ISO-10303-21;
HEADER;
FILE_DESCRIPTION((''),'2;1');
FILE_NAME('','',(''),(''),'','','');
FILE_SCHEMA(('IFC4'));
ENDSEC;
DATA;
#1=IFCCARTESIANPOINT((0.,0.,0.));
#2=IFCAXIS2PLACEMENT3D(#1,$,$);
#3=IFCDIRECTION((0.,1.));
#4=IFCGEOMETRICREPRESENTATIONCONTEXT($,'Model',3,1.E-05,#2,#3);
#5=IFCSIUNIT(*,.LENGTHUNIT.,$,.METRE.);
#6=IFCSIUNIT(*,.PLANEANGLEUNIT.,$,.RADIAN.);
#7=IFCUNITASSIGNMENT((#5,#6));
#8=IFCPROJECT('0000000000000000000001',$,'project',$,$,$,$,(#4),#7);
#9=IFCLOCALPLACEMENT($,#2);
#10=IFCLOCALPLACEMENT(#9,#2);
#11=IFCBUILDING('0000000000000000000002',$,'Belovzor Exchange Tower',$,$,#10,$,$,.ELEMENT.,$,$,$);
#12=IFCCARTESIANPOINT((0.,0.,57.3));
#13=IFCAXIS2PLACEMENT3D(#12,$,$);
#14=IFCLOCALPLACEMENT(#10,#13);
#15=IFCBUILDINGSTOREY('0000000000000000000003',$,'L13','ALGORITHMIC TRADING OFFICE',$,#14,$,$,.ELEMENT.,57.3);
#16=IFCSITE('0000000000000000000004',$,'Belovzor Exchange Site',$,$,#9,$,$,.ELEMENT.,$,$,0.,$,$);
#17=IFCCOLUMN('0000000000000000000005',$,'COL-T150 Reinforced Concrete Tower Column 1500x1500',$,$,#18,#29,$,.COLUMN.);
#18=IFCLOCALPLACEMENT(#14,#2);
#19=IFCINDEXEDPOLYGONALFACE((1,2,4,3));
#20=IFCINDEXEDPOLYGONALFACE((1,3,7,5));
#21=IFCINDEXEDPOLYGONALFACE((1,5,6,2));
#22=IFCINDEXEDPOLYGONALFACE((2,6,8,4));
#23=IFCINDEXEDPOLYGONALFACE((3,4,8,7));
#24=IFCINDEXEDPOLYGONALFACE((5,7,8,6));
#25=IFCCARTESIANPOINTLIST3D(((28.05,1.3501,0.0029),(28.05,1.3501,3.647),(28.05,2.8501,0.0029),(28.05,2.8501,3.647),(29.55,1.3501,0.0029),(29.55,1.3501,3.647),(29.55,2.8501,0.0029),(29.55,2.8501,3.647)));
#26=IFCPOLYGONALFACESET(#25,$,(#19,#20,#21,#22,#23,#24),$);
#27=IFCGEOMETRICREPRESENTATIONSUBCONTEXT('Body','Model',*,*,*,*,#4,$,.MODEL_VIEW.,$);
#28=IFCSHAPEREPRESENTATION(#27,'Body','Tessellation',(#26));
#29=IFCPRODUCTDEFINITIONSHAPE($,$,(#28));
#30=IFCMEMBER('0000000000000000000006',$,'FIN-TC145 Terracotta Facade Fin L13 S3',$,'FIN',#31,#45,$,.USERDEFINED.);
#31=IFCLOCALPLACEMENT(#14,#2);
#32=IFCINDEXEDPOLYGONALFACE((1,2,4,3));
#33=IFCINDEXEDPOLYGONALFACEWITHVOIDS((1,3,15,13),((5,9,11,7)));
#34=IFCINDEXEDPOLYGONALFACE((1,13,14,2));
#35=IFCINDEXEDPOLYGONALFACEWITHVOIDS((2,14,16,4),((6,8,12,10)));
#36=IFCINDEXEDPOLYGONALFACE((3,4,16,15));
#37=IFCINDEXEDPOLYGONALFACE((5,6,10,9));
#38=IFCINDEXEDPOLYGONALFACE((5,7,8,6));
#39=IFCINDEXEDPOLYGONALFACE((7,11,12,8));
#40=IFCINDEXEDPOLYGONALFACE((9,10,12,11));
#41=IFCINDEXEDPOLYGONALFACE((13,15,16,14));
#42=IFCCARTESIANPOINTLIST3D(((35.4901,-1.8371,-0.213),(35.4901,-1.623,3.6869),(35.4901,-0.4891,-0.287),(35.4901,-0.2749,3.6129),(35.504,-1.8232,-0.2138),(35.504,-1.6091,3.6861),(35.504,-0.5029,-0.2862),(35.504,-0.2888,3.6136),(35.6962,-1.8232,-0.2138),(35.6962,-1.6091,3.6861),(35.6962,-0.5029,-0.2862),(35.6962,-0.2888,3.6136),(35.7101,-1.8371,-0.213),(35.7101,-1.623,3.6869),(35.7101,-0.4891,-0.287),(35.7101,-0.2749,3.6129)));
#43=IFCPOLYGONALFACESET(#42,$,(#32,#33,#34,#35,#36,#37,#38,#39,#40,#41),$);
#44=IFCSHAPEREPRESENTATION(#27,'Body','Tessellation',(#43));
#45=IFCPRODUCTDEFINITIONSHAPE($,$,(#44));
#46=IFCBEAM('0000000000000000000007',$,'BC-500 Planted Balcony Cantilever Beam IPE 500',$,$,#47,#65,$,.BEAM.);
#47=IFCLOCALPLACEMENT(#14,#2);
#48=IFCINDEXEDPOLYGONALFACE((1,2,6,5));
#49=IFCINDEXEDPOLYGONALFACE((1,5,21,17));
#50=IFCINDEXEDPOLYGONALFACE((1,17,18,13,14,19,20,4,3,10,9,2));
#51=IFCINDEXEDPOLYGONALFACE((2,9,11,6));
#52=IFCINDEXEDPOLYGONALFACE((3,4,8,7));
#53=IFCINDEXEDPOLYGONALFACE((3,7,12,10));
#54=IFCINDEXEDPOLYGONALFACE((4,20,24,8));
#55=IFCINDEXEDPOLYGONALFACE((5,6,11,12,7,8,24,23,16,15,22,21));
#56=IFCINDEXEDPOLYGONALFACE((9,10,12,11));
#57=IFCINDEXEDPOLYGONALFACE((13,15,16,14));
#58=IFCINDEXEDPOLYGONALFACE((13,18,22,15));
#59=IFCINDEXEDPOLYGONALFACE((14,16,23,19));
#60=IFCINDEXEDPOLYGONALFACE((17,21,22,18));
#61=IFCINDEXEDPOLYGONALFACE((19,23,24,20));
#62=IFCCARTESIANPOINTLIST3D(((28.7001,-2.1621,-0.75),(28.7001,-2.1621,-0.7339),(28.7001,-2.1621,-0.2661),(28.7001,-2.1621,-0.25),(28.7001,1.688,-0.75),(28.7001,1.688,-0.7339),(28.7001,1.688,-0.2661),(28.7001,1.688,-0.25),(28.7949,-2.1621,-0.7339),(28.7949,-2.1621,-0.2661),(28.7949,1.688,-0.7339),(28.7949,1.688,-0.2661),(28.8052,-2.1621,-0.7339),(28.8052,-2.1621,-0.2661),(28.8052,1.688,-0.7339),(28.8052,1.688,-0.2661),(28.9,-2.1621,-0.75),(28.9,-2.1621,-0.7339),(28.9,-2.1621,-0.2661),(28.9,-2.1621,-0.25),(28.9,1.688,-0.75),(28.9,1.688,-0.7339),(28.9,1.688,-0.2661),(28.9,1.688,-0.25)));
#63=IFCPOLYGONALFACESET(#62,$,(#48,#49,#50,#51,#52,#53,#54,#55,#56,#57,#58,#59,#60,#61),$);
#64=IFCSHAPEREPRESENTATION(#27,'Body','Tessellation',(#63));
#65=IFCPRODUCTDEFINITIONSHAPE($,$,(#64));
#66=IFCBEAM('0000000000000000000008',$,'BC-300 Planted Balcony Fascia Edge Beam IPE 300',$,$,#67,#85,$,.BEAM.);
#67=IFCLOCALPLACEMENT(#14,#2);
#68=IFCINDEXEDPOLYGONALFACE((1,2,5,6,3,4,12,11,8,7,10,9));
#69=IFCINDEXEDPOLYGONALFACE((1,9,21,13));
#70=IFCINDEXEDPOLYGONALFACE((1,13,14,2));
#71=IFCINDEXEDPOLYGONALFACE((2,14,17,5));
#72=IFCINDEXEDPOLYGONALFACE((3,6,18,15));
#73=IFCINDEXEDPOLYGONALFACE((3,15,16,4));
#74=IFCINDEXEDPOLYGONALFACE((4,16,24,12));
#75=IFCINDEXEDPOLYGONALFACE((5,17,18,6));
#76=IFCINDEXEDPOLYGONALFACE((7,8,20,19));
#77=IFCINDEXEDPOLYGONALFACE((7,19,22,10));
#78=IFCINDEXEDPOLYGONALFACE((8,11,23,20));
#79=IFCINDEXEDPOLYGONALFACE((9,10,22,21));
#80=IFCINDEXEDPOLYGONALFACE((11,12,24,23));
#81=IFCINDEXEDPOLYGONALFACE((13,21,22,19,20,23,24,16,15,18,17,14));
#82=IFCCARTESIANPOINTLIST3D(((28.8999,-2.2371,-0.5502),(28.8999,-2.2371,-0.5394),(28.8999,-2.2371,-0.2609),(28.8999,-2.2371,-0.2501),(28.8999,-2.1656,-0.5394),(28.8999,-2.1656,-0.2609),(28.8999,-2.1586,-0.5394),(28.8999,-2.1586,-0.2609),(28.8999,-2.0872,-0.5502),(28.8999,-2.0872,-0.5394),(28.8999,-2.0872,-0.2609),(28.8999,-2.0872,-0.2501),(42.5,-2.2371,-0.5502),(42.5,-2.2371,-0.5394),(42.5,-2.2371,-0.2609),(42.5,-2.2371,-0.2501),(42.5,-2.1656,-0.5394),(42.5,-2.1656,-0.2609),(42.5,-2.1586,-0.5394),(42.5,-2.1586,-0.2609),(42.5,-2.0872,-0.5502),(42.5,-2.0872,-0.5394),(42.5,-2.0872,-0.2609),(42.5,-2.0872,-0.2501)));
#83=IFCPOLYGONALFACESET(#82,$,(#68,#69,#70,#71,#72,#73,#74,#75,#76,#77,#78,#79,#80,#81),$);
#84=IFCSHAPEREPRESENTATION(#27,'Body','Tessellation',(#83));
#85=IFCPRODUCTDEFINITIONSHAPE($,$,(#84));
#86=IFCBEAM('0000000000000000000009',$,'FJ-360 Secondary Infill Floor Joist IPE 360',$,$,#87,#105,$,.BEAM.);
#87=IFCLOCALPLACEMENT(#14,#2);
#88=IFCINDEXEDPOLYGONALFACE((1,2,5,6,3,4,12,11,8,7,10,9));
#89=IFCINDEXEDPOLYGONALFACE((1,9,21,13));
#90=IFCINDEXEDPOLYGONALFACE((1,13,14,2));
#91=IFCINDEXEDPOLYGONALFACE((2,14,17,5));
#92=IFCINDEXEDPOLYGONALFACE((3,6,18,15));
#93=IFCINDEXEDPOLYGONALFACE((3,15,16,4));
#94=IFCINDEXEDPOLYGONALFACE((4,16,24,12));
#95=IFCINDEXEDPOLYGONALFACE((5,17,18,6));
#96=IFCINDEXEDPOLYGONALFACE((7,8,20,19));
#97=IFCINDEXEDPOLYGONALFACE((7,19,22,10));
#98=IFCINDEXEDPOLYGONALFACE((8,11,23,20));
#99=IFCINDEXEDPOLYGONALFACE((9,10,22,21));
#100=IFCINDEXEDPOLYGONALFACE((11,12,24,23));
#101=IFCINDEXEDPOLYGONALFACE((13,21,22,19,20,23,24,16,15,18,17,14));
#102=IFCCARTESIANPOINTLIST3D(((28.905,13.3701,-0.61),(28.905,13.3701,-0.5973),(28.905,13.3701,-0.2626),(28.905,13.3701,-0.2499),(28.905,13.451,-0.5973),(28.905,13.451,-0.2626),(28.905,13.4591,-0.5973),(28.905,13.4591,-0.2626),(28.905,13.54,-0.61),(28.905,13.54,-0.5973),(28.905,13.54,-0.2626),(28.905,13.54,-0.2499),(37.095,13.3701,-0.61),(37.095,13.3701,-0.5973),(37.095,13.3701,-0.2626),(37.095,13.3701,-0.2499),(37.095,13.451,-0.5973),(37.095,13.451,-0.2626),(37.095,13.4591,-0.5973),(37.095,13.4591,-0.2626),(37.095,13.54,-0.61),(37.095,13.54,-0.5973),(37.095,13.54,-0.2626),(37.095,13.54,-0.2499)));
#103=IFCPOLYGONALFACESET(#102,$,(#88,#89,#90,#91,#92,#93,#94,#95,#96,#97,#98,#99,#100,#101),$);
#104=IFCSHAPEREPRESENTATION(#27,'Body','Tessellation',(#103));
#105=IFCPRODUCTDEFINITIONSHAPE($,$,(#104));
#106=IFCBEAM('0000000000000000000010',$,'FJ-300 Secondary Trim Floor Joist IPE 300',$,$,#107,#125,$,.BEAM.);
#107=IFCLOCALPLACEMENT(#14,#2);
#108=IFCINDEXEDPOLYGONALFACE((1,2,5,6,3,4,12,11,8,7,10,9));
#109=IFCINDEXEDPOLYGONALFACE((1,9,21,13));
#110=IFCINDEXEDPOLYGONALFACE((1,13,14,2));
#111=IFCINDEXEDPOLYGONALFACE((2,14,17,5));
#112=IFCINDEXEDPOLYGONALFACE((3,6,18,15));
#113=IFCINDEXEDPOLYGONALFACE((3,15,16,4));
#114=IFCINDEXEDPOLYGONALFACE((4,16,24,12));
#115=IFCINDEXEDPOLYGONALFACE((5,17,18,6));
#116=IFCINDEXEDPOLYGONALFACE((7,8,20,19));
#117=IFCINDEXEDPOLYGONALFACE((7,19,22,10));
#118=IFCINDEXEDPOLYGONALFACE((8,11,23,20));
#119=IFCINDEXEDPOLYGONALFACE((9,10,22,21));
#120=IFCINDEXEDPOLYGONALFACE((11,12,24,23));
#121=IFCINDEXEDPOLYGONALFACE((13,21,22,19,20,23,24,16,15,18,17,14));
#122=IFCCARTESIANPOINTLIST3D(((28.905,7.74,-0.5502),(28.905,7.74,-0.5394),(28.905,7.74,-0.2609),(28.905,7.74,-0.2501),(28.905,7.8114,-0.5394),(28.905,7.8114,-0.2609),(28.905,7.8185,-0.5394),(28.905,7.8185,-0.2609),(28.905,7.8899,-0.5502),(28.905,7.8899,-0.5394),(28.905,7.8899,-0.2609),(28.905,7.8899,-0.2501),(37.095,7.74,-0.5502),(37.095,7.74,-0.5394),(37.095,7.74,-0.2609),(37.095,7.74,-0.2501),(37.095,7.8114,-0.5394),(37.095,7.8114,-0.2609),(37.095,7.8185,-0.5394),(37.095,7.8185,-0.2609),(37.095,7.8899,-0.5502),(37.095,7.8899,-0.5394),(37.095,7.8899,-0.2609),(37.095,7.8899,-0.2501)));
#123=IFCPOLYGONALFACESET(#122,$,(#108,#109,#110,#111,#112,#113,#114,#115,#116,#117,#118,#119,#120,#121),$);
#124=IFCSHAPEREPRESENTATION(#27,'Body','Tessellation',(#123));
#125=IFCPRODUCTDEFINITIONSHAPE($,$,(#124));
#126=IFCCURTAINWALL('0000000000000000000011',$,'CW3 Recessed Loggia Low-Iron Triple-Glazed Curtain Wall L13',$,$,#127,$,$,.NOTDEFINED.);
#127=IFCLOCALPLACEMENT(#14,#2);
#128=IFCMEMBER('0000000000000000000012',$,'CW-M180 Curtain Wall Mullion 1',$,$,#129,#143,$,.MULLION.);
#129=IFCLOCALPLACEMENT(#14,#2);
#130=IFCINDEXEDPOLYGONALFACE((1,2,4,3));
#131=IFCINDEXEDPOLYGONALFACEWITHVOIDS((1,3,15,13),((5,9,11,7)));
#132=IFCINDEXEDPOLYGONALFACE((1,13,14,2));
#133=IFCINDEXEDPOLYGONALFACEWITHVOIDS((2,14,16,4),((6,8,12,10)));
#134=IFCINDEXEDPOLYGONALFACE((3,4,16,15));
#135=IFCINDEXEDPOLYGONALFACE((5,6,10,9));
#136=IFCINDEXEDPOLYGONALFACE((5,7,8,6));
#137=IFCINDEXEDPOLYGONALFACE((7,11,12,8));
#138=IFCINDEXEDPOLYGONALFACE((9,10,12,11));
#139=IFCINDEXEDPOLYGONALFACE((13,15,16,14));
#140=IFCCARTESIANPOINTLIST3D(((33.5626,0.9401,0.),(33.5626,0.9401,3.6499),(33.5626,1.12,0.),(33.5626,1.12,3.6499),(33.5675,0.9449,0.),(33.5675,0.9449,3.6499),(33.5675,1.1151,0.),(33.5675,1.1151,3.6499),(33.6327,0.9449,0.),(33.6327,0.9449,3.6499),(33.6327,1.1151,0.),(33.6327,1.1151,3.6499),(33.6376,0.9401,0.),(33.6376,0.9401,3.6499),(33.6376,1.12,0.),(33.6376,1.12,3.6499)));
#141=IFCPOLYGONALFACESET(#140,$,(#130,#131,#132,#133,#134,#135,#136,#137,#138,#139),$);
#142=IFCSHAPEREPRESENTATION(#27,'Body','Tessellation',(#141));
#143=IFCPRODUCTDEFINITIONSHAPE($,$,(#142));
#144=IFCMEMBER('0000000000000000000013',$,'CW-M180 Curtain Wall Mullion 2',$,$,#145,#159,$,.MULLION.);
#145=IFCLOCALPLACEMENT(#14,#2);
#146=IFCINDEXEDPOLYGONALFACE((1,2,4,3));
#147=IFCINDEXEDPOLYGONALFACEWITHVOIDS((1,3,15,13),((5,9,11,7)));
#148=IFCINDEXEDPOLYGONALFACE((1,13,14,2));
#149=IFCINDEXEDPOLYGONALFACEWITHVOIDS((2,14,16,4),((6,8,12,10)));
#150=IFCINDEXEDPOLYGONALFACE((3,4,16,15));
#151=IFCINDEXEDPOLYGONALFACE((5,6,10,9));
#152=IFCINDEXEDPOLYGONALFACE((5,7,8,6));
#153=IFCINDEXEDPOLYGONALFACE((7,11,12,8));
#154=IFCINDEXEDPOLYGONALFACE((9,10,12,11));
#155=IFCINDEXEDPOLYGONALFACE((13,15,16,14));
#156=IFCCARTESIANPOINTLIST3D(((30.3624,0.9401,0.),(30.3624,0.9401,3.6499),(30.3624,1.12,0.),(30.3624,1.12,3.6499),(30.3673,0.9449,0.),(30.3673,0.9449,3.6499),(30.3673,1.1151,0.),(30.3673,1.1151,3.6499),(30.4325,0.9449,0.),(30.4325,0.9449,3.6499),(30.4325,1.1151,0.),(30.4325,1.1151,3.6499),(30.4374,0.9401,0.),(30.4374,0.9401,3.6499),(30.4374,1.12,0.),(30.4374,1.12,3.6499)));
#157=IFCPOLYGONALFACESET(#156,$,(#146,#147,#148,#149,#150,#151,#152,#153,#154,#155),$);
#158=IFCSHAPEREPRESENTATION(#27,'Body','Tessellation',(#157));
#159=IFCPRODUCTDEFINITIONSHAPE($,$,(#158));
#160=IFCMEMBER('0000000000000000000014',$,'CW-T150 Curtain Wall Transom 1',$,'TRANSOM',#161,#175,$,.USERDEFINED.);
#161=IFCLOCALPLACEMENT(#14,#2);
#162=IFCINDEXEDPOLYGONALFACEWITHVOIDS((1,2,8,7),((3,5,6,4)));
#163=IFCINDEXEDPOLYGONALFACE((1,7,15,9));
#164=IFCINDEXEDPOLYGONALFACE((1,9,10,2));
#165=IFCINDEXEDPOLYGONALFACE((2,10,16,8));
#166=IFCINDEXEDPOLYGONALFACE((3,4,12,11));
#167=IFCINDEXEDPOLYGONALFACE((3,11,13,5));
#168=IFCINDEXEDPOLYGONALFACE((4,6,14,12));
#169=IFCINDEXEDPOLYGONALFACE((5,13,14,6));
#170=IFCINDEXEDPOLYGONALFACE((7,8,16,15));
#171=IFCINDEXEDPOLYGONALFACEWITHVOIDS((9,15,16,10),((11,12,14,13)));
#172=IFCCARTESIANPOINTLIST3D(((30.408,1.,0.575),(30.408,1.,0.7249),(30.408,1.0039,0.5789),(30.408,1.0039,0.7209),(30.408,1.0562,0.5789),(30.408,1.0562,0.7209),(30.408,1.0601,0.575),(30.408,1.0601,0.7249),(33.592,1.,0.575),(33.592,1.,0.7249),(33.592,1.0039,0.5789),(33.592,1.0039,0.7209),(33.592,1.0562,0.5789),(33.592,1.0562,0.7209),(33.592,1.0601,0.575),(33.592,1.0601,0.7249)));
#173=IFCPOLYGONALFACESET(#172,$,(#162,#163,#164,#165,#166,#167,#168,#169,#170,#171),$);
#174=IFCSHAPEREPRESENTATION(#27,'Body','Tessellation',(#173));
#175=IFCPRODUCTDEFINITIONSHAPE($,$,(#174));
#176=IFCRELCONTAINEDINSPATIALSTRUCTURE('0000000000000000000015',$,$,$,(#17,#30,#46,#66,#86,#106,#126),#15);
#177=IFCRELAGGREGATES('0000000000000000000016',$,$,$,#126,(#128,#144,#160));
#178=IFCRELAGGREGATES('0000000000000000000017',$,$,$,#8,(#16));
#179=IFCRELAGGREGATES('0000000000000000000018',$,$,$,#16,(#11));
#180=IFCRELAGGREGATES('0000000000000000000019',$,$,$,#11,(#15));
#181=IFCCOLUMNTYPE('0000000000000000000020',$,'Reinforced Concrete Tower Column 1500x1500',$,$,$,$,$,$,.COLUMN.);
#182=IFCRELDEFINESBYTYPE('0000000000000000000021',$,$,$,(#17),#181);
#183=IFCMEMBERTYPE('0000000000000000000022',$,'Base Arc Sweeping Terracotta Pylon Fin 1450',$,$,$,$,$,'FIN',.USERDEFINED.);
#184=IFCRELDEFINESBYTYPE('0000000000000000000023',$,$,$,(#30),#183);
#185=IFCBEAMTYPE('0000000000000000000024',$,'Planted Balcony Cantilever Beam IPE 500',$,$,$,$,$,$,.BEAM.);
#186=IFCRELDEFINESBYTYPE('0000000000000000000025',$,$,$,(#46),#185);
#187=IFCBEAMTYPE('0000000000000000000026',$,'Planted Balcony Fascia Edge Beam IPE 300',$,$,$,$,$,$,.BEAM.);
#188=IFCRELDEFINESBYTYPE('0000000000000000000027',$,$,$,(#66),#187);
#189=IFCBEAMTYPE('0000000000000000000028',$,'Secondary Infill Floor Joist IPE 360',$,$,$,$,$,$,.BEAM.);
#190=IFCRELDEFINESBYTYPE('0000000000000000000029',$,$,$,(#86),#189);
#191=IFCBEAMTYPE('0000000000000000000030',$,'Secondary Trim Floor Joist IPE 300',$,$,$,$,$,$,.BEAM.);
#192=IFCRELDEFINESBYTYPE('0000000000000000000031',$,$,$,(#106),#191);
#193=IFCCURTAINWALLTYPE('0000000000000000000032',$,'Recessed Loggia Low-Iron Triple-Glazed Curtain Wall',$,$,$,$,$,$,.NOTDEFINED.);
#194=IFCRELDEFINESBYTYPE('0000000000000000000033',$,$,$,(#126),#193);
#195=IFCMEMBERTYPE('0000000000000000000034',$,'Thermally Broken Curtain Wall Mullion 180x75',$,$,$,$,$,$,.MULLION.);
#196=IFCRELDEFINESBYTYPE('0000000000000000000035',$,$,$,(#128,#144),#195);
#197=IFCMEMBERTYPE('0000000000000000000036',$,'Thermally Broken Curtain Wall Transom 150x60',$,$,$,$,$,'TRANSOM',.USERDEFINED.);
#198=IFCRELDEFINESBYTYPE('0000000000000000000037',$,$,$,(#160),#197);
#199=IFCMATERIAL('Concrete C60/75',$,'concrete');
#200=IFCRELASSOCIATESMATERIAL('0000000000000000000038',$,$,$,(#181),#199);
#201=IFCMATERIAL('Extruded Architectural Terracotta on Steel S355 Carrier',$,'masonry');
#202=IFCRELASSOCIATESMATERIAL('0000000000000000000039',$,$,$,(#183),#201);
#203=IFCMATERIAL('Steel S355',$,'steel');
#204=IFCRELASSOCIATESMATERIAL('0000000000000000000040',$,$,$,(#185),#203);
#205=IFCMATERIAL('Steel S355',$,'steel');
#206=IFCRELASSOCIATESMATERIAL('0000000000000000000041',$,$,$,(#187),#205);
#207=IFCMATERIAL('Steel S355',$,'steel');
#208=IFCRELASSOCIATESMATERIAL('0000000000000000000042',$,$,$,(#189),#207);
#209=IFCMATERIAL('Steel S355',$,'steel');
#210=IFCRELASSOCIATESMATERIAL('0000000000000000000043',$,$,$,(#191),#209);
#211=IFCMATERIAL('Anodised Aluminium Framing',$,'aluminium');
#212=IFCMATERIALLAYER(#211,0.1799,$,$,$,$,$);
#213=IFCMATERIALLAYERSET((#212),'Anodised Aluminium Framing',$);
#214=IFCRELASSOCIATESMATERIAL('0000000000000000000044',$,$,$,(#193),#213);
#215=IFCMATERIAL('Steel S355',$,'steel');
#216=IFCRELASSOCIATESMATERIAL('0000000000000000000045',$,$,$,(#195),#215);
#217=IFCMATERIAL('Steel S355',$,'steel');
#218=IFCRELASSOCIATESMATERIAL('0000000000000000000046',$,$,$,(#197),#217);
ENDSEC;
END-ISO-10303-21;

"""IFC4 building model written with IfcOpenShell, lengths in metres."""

from ifc_helpers import new_model, si_unit, direction, frame, origin, origin_2d, place, context, subcontext, project, spatial, rectangle, hollow_rectangle, i_section, extrude, material, layer, layer_set, material_profile, profile_set, type_object, element, aggregate, save


model = new_model("IFC4")

# Units and contexts
model_context = context("Model", 3, precision=1e-05, world=origin(), true_north=direction((0.0, 1.0)))
body_context = subcontext(model_context, "Body", "Model", "MODEL_VIEW")
ifc_project = project(units=[si_unit("LENGTHUNIT", "METRE"), si_unit("PLANEANGLEUNIT", "RADIAN")], contexts=[model_context])

# Site, building, storey
site_placement = place(None, origin())
site = spatial("IfcSite", under=ifc_project, at=site_placement, Name="Belovzor Exchange Site", CompositionType="ELEMENT", RefElevation=0.0)
building_placement = place(site_placement, origin())
building = spatial("IfcBuilding", under=site, at=building_placement, Name="Belovzor Exchange Tower", CompositionType="ELEMENT")
storey_placement = place(building_placement, frame((0.0, 0.0, 57.3)))
storey = spatial("IfcBuildingStorey", under=building, at=storey_placement, Name="L13", Description="ALGORITHMIC TRADING OFFICE", CompositionType="ELEMENT", Elevation=57.3)

# Column
ifc_material_1 = material(Name="Concrete C60/75", Category="concrete")
ifc_material_profile_1 = material_profile(ifc_material_1, rectangle(XDim=1.5, YDim=1.5, at=origin_2d()))
ifc_profile_set_1 = profile_set([ifc_material_profile_1], Name="Concrete C60/75")
column_type = type_object("IfcColumnType", Name="Reinforced Concrete Tower Column 1500x1500", PredefinedType="COLUMN", material=ifc_profile_set_1)
column_placement = place(storey_placement, frame((28.8, 2.1001, 0.0029), z_axis=(0.0, 0.0, 1.0), x_axis=(1.0, 0.0, 0.0)))
element("IfcColumn", 1, at=column_placement, inside=storey, type_object=column_type, Name="COL-T150 Reinforced Concrete Tower Column 1500x1500", PredefinedType="COLUMN", context=body_context, shape_type="SweptSolid", body=[
    extrude(rectangle(XDim=1.5, YDim=1.5, at=origin_2d()), origin(), (0.0, 0.0, 1.0), 3.644),
])

# Member
ifc_material_2 = material(Name="Extruded Architectural Terracotta on Steel S355 Carrier", Category="masonry")
ifc_material_profile_2 = material_profile(ifc_material_2, hollow_rectangle(XDim=0.22, YDim=1.3501, WallThickness=0.0139, at=origin_2d()))
ifc_profile_set_2 = profile_set([ifc_material_profile_2], Name="Extruded Architectural Terracotta on Steel S355 Carrier")
member_type_1 = type_object("IfcMemberType", Name="Base Arc Sweeping Terracotta Pylon Fin 1450", ElementType="FIN", PredefinedType="USERDEFINED", material=ifc_profile_set_2)
member_1_placement = place(storey_placement, frame((35.6001, -1.1631, -0.25), z_axis=(0.0, 0.054819, 0.998496), x_axis=(-1.0, 0.0, 0.0)))
element("IfcMember", 2, at=member_1_placement, inside=storey, type_object=member_type_1, Name="FIN-TC145 Terracotta Facade Fin L13 S3", ObjectType="FIN", PredefinedType="USERDEFINED", context=body_context, shape_type="SweptSolid", body=[
    extrude(hollow_rectangle(XDim=0.22, YDim=1.3501, WallThickness=0.0139, at=origin_2d()), origin(), (0.0, 0.0, 1.0), 3.9058),
])

# Beams
ifc_material_3 = material(Name="Steel S355", Category="steel")
ifc_material_profile_3 = material_profile(ifc_material_3, i_section(OverallWidth=0.2, OverallDepth=0.5, WebThickness=0.0103, FlangeThickness=0.0161, at=origin_2d()))
ifc_profile_set_3 = profile_set([ifc_material_profile_3], Name="Steel S355")
beam_type_1 = type_object("IfcBeamType", Name="Planted Balcony Cantilever Beam IPE 500", PredefinedType="BEAM", material=ifc_profile_set_3)
beam_1_placement = place(storey_placement, frame((28.8, 1.688, -0.5), z_axis=(0.0, -1.0, 0.0), x_axis=(1.0, 0.0, 0.0)))
element("IfcBeam", 3, at=beam_1_placement, inside=storey, type_object=beam_type_1, Name="BC-500 Planted Balcony Cantilever Beam IPE 500", PredefinedType="BEAM", context=body_context, shape_type="SweptSolid", body=[
    extrude(i_section(OverallWidth=0.2, OverallDepth=0.5, WebThickness=0.0103, FlangeThickness=0.0161, at=origin_2d()), origin(), (0.0, 0.0, 1.0), 3.8501),
])
ifc_material_4 = material(Name="Steel S355", Category="steel")
ifc_material_profile_4 = material_profile(ifc_material_4, i_section(OverallWidth=0.1499, OverallDepth=0.3, WebThickness=0.0071, FlangeThickness=0.0107, at=origin_2d()))
ifc_profile_set_4 = profile_set([ifc_material_profile_4], Name="Steel S355")
beam_type_2 = type_object("IfcBeamType", Name="Planted Balcony Fascia Edge Beam IPE 300", PredefinedType="BEAM", material=ifc_profile_set_4)
beam_2_placement = place(storey_placement, frame((28.8999, -2.1621, -0.4001), z_axis=(1.0, 0.0, 0.0), x_axis=(0.0, 1.0, 0.0)))
element("IfcBeam", 4, at=beam_2_placement, inside=storey, type_object=beam_type_2, Name="BC-300 Planted Balcony Fascia Edge Beam IPE 300", PredefinedType="BEAM", context=body_context, shape_type="SweptSolid", body=[
    extrude(i_section(OverallWidth=0.1499, OverallDepth=0.3, WebThickness=0.0071, FlangeThickness=0.0107, at=origin_2d()), origin(), (0.0, 0.0, 1.0), 13.6001),
])
ifc_material_5 = material(Name="Steel S355", Category="steel")
ifc_material_profile_5 = material_profile(ifc_material_5, i_section(OverallWidth=0.1699, OverallDepth=0.3601, WebThickness=0.0081, FlangeThickness=0.0127, at=origin_2d()))
ifc_profile_set_5 = profile_set([ifc_material_profile_5], Name="Steel S355")
beam_type_3 = type_object("IfcBeamType", Name="Secondary Infill Floor Joist IPE 360", PredefinedType="BEAM", material=ifc_profile_set_5)
beam_3_placement = place(storey_placement, frame((28.905, 13.4551, -0.4299), z_axis=(1.0, 0.0, 0.0), x_axis=(0.0, 1.0, 0.0)))
element("IfcBeam", 5, at=beam_3_placement, inside=storey, type_object=beam_type_3, Name="FJ-360 Secondary Infill Floor Joist IPE 360", PredefinedType="BEAM", context=body_context, shape_type="SweptSolid", body=[
    extrude(i_section(OverallWidth=0.1699, OverallDepth=0.3601, WebThickness=0.0081, FlangeThickness=0.0127, at=origin_2d()), origin(), (0.0, 0.0, 1.0), 8.1899),
])
ifc_material_6 = material(Name="Steel S355", Category="steel")
ifc_material_profile_6 = material_profile(ifc_material_6, i_section(OverallWidth=0.1499, OverallDepth=0.3, WebThickness=0.0071, FlangeThickness=0.0107, at=origin_2d()))
ifc_profile_set_6 = profile_set([ifc_material_profile_6], Name="Steel S355")
beam_type_4 = type_object("IfcBeamType", Name="Secondary Trim Floor Joist IPE 300", PredefinedType="BEAM", material=ifc_profile_set_6)
beam_4_placement = place(storey_placement, frame((28.905, 7.8149, -0.4001), z_axis=(1.0, 0.0, 0.0), x_axis=(0.0, 1.0, 0.0)))
element("IfcBeam", 6, at=beam_4_placement, inside=storey, type_object=beam_type_4, Name="FJ-300 Secondary Trim Floor Joist IPE 300", PredefinedType="BEAM", context=body_context, shape_type="SweptSolid", body=[
    extrude(i_section(OverallWidth=0.1499, OverallDepth=0.3, WebThickness=0.0071, FlangeThickness=0.0107, at=origin_2d()), origin(), (0.0, 0.0, 1.0), 8.1899),
])

# Curtain wall, members
ifc_material_7 = material(Name="Anodised Aluminium Framing", Category="aluminium")
ifc_layer_1 = layer(ifc_material_7, 0.1799)
ifc_layer_set_1 = layer_set([ifc_layer_1], Name="Anodised Aluminium Framing")
curtain_wall_type = type_object("IfcCurtainWallType", Name="Recessed Loggia Low-Iron Triple-Glazed Curtain Wall", PredefinedType="NOTDEFINED", material=ifc_layer_set_1)
curtain_wall_placement = place(storey_placement, origin())
curtain_wall = element("IfcCurtainWall", 7, at=curtain_wall_placement, inside=storey, type_object=curtain_wall_type, Name="CW3 Recessed Loggia Low-Iron Triple-Glazed Curtain Wall L13", PredefinedType="NOTDEFINED")
ifc_material_8 = material(Name="Steel S355", Category="steel")
ifc_material_profile_7 = material_profile(ifc_material_8, hollow_rectangle(XDim=0.075, YDim=0.1799, WallThickness=0.0049, at=origin_2d()))
ifc_profile_set_7 = profile_set([ifc_material_profile_7], Name="Steel S355")
member_type_2 = type_object("IfcMemberType", Name="Thermally Broken Curtain Wall Mullion 180x75", PredefinedType="MULLION", material=ifc_profile_set_7)
member_2_placement = place(storey_placement, frame((33.6001, 1.03, 0.0), z_axis=(0.0, 0.0, 1.0), x_axis=(-1.0, 0.0, 0.0)))
member_2 = element("IfcMember", 8, at=member_2_placement, type_object=member_type_2, Name="CW-M180 Curtain Wall Mullion 1", PredefinedType="MULLION", context=body_context, shape_type="SweptSolid", body=[
    extrude(hollow_rectangle(XDim=0.075, YDim=0.1799, WallThickness=0.0049, at=origin_2d()), origin(), (0.0, 0.0, 1.0), 3.6499),
])
member_3_placement = place(storey_placement, frame((30.3999, 1.03, 0.0), z_axis=(0.0, 0.0, 1.0), x_axis=(-1.0, 0.0, 0.0)))
member_3 = element("IfcMember", 9, at=member_3_placement, type_object=member_type_2, Name="CW-M180 Curtain Wall Mullion 2", PredefinedType="MULLION", context=body_context, shape_type="SweptSolid", body=[
    extrude(hollow_rectangle(XDim=0.075, YDim=0.1799, WallThickness=0.0049, at=origin_2d()), origin(), (0.0, 0.0, 1.0), 3.6499),
])
ifc_material_9 = material(Name="Steel S355", Category="steel")
ifc_material_profile_8 = material_profile(ifc_material_9, hollow_rectangle(XDim=0.0601, YDim=0.1499, WallThickness=0.0039, at=origin_2d()))
ifc_profile_set_8 = profile_set([ifc_material_profile_8], Name="Steel S355")
member_type_3 = type_object("IfcMemberType", Name="Thermally Broken Curtain Wall Transom 150x60", ElementType="TRANSOM", PredefinedType="USERDEFINED", material=ifc_profile_set_8)
member_4_placement = place(storey_placement, frame((33.592, 1.03, 0.6499), z_axis=(-1.0, 0.0, 0.0), x_axis=(0.0, -1.0, 0.0)))
member_4 = element("IfcMember", 10, at=member_4_placement, type_object=member_type_3, Name="CW-T150 Curtain Wall Transom 1", ObjectType="TRANSOM", PredefinedType="USERDEFINED", context=body_context, shape_type="SweptSolid", body=[
    extrude(hollow_rectangle(XDim=0.0601, YDim=0.1499, WallThickness=0.0039, at=origin_2d()), origin(), (0.0, 0.0, 1.0), 3.1841),
])

aggregate(curtain_wall, [member_2, member_3, member_4])

save(model, "model.ifc")
